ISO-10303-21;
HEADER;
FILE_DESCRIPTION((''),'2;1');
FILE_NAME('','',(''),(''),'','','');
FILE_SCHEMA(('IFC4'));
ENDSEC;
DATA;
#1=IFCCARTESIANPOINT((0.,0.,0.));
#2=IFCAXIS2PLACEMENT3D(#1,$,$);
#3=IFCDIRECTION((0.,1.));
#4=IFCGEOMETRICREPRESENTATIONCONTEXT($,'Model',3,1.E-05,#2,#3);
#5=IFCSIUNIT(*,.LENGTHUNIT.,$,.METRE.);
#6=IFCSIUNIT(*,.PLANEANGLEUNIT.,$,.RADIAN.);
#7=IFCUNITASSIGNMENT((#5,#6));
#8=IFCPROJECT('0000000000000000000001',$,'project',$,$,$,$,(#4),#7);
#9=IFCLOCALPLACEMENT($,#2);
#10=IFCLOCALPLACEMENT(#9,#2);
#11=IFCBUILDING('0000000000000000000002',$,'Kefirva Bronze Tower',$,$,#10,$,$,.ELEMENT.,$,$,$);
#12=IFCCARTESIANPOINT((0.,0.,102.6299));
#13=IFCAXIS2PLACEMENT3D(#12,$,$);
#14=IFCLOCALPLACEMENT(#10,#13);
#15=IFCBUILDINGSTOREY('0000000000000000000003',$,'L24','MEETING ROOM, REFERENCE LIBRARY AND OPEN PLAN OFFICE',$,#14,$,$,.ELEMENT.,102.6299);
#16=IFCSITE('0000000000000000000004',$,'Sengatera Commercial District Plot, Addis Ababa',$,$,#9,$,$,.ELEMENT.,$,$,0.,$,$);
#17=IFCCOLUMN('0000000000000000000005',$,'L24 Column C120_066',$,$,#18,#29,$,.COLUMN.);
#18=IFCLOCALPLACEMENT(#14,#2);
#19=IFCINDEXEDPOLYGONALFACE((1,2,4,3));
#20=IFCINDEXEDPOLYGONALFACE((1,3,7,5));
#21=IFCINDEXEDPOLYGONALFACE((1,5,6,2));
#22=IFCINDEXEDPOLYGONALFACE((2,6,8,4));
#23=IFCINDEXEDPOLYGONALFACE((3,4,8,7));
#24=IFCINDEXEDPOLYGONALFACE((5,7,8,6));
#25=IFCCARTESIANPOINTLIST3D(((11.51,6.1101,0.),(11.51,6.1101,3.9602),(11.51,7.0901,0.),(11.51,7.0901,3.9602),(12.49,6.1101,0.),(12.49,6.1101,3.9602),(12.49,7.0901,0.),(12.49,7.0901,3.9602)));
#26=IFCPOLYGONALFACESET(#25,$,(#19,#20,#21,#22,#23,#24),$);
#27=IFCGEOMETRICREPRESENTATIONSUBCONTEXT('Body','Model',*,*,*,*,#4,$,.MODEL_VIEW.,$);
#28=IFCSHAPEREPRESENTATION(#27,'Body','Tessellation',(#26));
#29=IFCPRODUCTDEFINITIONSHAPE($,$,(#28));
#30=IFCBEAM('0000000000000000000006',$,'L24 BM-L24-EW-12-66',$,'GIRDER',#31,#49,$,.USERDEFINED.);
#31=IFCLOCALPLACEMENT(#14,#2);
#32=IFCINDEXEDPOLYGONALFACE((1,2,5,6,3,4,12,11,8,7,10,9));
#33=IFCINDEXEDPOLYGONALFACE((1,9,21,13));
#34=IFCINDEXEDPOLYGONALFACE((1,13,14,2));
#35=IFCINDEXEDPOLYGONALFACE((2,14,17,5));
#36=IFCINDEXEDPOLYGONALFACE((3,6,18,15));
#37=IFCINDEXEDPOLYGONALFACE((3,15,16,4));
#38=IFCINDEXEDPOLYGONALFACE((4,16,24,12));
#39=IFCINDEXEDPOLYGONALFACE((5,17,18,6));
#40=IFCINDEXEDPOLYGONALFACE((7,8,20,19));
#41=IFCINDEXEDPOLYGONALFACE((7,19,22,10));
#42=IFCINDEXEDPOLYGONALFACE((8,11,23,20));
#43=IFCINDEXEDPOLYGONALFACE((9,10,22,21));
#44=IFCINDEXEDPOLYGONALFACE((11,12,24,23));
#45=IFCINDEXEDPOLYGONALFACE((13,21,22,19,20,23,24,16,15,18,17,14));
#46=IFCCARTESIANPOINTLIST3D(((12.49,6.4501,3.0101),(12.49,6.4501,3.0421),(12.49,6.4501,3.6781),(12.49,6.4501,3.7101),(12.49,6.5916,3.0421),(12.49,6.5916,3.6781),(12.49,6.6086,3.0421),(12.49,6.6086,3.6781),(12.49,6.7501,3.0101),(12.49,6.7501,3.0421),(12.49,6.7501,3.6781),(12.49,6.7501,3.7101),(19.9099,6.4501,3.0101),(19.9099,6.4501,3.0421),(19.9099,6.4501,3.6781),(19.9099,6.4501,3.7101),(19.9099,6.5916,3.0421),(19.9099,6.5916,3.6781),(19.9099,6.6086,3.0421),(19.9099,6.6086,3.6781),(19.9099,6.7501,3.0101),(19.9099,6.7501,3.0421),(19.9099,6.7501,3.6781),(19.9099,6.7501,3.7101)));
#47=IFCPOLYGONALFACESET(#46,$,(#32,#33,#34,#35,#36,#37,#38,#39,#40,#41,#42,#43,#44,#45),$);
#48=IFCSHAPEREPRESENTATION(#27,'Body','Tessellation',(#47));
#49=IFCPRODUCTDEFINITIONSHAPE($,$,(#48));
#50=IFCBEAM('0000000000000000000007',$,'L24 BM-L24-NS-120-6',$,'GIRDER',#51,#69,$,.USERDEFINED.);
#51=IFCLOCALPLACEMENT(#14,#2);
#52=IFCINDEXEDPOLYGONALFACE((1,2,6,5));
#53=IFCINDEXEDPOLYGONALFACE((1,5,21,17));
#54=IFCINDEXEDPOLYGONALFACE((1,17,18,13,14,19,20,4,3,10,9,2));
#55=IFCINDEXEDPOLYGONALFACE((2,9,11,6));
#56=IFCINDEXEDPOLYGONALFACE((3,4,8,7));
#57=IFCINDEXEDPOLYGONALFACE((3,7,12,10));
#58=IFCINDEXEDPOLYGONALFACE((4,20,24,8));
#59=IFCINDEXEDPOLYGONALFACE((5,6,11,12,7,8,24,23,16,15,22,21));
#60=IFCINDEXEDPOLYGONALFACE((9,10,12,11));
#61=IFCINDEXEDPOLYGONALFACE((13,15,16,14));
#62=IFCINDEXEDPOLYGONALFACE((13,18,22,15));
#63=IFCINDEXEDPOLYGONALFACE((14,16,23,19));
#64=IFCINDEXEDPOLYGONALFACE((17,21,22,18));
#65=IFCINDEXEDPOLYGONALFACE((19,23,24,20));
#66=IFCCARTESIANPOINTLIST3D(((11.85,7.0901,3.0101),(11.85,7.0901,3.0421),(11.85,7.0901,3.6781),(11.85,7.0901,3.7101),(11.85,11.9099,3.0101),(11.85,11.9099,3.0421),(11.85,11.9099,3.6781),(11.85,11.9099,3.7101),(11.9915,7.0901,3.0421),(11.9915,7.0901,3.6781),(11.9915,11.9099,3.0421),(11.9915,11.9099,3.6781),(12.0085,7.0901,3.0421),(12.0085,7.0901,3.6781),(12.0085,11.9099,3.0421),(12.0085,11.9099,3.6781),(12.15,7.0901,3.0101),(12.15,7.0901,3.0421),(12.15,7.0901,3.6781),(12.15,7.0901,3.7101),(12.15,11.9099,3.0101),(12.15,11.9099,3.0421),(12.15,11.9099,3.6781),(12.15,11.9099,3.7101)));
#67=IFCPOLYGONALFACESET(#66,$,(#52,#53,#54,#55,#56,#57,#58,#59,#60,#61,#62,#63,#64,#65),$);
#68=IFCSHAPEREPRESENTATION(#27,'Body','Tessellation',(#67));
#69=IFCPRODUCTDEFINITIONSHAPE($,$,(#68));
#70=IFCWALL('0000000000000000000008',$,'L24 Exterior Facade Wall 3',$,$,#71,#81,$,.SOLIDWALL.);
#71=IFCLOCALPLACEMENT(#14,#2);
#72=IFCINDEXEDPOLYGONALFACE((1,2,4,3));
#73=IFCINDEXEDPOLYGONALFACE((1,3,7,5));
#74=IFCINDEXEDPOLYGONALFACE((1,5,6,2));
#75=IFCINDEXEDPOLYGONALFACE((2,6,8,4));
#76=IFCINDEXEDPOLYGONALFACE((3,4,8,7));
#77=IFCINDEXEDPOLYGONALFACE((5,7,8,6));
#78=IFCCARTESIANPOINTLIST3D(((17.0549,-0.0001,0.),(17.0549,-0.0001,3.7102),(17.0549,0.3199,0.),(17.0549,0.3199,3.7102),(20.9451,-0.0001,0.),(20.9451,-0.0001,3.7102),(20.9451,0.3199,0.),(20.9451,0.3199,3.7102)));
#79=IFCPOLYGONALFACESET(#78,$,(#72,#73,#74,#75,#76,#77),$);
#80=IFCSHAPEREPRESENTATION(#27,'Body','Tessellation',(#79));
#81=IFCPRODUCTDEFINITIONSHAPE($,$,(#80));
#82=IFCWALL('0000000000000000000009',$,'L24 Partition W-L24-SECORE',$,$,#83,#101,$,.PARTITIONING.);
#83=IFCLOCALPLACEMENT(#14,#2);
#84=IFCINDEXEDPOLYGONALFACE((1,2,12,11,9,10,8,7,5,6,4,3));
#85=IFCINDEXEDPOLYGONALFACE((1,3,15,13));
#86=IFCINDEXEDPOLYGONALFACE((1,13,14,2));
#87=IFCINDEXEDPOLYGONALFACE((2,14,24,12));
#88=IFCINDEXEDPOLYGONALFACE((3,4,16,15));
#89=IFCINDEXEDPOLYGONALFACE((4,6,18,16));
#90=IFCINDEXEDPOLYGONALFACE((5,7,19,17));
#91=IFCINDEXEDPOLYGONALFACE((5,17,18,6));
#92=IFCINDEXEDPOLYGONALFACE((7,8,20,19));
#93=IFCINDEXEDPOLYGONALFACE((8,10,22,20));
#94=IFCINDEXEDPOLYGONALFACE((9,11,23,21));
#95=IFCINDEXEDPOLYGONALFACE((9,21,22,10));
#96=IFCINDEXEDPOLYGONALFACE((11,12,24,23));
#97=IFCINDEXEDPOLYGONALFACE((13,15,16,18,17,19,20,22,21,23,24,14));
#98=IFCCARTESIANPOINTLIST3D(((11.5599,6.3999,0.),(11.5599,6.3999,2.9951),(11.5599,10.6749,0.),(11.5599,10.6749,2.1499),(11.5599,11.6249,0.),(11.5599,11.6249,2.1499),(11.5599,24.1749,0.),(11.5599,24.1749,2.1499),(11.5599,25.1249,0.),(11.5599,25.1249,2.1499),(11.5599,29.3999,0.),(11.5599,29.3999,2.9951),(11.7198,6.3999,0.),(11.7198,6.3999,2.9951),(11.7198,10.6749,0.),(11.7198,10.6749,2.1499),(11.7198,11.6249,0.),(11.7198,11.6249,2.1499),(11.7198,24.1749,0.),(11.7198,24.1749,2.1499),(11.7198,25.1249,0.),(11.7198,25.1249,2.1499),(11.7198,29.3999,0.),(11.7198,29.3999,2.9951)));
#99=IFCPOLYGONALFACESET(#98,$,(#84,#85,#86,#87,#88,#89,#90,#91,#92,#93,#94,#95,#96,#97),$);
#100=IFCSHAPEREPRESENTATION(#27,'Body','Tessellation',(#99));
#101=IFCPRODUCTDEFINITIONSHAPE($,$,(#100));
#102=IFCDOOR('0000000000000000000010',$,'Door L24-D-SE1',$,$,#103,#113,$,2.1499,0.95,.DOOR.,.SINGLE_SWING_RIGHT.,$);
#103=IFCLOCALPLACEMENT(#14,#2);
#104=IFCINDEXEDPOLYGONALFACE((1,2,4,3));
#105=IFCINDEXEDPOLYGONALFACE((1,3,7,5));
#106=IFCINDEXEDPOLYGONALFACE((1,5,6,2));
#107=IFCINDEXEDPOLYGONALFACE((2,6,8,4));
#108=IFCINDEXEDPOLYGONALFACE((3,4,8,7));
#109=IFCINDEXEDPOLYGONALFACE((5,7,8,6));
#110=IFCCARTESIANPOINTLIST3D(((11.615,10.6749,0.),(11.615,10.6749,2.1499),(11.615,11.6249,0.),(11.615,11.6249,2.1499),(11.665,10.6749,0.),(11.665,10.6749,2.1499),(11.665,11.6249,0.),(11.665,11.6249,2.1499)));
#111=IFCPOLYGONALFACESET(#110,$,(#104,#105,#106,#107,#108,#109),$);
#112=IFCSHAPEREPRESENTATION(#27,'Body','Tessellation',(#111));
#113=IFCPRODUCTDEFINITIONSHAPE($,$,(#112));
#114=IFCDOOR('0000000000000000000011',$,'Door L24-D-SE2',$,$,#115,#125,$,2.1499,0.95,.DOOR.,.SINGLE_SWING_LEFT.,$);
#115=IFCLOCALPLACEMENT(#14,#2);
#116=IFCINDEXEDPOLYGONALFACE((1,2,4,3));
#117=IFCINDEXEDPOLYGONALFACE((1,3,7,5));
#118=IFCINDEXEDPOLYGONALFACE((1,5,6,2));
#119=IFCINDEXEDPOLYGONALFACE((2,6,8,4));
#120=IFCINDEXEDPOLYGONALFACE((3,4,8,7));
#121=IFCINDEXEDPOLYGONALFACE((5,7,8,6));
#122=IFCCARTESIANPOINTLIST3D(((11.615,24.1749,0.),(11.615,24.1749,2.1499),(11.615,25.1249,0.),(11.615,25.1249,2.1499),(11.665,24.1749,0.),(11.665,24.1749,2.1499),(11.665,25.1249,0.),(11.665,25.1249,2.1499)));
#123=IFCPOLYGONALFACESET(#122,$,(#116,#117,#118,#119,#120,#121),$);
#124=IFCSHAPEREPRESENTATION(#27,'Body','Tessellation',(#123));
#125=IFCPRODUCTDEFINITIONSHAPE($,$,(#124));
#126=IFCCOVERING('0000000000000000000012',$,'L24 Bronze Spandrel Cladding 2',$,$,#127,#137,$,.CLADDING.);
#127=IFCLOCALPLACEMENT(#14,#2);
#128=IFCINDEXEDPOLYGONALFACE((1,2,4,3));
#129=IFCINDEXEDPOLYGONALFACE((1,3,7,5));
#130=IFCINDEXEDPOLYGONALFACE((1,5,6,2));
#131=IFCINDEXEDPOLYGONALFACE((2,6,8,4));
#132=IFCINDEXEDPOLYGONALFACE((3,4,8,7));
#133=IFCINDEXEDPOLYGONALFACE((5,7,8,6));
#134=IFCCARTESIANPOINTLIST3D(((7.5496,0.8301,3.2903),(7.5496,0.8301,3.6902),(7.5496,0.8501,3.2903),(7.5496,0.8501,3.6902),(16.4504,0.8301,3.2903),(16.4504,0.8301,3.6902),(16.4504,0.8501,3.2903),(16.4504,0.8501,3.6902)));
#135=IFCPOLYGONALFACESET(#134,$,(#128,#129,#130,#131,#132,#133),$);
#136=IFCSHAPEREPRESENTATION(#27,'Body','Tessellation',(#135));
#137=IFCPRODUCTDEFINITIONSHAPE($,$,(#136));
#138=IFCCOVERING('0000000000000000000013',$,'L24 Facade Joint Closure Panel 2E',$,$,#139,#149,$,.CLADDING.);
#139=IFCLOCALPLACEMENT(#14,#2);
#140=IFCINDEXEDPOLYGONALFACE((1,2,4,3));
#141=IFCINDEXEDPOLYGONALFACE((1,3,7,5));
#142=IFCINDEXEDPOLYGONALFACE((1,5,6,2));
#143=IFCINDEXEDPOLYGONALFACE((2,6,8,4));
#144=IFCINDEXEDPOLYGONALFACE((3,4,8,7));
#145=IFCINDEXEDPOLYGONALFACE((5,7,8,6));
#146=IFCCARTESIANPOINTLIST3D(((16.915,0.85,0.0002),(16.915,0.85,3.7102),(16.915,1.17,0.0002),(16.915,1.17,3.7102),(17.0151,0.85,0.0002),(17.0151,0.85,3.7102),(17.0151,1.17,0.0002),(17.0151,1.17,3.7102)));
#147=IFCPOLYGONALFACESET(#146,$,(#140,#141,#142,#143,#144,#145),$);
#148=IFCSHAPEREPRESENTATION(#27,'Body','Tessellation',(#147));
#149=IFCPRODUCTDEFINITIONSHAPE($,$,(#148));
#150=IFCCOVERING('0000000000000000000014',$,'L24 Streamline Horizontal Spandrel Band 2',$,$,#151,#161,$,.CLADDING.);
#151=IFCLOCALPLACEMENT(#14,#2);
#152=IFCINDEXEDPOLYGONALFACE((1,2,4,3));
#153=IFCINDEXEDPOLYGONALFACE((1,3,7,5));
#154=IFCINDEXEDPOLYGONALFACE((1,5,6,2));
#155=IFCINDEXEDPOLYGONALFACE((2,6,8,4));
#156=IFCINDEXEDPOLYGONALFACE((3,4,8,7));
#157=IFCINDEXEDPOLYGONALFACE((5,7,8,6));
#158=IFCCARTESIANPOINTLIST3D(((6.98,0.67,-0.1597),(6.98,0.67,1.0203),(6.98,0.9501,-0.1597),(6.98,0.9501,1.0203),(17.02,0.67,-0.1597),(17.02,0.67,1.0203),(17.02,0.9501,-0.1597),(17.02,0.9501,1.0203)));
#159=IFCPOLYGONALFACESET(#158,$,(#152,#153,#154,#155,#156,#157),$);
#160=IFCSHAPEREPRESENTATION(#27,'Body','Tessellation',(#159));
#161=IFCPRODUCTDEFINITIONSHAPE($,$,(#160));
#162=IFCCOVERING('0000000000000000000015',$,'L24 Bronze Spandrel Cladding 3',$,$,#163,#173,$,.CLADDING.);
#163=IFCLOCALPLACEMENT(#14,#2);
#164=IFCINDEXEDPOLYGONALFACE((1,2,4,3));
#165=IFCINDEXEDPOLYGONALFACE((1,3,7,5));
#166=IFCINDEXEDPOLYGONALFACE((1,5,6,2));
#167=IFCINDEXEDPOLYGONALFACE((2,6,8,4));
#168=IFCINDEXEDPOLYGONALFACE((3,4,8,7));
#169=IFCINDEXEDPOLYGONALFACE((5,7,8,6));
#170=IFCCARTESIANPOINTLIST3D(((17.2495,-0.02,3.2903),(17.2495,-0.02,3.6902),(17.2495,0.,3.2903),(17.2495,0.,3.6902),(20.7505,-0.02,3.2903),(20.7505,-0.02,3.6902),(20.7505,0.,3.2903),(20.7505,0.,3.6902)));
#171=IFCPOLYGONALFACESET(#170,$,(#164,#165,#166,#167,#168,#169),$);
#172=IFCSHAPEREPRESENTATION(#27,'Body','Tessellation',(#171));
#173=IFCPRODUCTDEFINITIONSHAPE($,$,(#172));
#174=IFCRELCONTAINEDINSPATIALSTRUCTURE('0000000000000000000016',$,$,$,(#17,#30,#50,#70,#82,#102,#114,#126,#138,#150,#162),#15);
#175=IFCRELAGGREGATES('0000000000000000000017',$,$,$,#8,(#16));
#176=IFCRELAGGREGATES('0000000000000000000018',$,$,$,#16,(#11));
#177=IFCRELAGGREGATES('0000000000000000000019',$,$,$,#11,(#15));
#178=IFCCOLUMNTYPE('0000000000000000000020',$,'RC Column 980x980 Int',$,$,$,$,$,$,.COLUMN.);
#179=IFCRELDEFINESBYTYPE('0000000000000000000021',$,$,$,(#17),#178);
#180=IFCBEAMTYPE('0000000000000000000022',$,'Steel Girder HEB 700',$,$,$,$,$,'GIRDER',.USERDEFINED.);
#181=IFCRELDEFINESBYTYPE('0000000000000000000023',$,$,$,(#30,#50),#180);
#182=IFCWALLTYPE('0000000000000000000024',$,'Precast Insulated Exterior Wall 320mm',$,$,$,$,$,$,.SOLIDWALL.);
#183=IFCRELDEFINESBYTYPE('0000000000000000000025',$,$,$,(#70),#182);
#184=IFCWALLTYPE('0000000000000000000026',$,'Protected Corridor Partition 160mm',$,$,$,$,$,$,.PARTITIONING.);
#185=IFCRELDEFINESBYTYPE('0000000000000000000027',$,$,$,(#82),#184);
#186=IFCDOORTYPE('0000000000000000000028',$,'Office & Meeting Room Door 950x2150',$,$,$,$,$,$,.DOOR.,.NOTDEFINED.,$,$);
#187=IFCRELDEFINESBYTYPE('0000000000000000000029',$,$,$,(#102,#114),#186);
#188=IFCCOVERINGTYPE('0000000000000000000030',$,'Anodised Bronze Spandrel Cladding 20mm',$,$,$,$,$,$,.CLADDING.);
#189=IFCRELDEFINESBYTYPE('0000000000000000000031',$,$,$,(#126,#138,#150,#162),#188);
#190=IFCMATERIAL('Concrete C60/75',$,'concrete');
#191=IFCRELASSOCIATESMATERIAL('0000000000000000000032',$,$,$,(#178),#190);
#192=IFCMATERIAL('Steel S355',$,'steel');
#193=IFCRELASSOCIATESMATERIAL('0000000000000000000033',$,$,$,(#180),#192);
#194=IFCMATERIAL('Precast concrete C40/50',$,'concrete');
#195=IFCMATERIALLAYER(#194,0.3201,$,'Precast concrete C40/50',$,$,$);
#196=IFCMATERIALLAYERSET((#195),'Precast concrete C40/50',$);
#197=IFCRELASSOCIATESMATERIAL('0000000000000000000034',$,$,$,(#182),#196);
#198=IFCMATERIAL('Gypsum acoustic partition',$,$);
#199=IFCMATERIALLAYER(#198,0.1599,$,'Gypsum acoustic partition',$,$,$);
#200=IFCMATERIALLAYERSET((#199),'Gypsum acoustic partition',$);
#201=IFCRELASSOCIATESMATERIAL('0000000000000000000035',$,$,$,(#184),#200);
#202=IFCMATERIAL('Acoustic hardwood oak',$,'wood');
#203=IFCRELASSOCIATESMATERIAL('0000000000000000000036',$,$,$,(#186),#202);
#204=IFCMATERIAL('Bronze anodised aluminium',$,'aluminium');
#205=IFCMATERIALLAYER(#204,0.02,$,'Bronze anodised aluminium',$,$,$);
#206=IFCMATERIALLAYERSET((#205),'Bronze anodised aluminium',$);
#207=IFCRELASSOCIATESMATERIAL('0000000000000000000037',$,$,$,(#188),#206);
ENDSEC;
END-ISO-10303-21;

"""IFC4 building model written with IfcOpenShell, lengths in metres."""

from ifc_helpers import new_model, si_unit, direction, frame, frame_2d, origin, origin_2d, place, context, subcontext, project, spatial, rectangle, i_section, extrude, material, layer, layer_set, material_profile, profile_set, type_object, element, fill, save


model = new_model("IFC4")

# Units and contexts
model_context = context("Model", 3, precision=1e-05, world=origin(), true_north=direction((0.0, 1.0)))
body_context = subcontext(model_context, "Body", "Model", "MODEL_VIEW")
ifc_project = project(units=[si_unit("LENGTHUNIT", "METRE"), si_unit("PLANEANGLEUNIT", "RADIAN")], contexts=[model_context])

# Site, building, storey
site_placement = place(None, origin())
site = spatial("IfcSite", under=ifc_project, at=site_placement, Name="Sengatera Commercial District Plot, Addis Ababa", CompositionType="ELEMENT", RefElevation=0.0)
building_placement = place(site_placement, origin())
building = spatial("IfcBuilding", under=site, at=building_placement, Name="Kefirva Bronze Tower", CompositionType="ELEMENT")
storey_placement = place(building_placement, frame((0.0, 0.0, 102.6299)))
storey = spatial("IfcBuildingStorey", under=building, at=storey_placement, Name="L24", Description="MEETING ROOM, REFERENCE LIBRARY AND OPEN PLAN OFFICE", CompositionType="ELEMENT", Elevation=102.6299)

# Column
ifc_material_1 = material(Name="Concrete C60/75", Category="concrete")
ifc_material_profile_1 = material_profile(ifc_material_1, rectangle(XDim=0.98, YDim=0.98, at=origin_2d()), Name="RC 980x980")
ifc_profile_set_1 = profile_set([ifc_material_profile_1], Name="Concrete C60/75")
column_type = type_object("IfcColumnType", Name="RC Column 980x980 Int", PredefinedType="COLUMN", material=ifc_profile_set_1)
column_placement = place(storey_placement, frame((12.0, 6.6001, 0.0), z_axis=(0.0, 0.0, 1.0), x_axis=(1.0, 0.0, 0.0)))
element("IfcColumn", 1, at=column_placement, inside=storey, type_object=column_type, Name="L24 Column C120_066", PredefinedType="COLUMN", context=body_context, shape_type="SweptSolid", body=[
    extrude(rectangle(XDim=0.98, YDim=0.98, at=origin_2d()), origin(), (0.0, 0.0, 1.0), 3.9602),
])

# Beams
ifc_material_2 = material(Name="Steel S355", Category="steel")
ifc_material_profile_2 = material_profile(ifc_material_2, i_section(OverallWidth=0.3, OverallDepth=0.7, WebThickness=0.0171, FlangeThickness=0.032, at=origin_2d()), Name="HEB 700")
ifc_profile_set_2 = profile_set([ifc_material_profile_2], Name="Steel S355")
beam_type = type_object("IfcBeamType", Name="Steel Girder HEB 700", ElementType="GIRDER", PredefinedType="USERDEFINED", material=ifc_profile_set_2)
beam_1_placement = place(storey_placement, frame((12.49, 6.6001, 3.3601), z_axis=(1.0, 0.0, 0.0), x_axis=(0.0, 1.0, 0.0)))
element("IfcBeam", 2, at=beam_1_placement, inside=storey, type_object=beam_type, Name="L24 BM-L24-EW-12-66", ObjectType="GIRDER", PredefinedType="USERDEFINED", context=body_context, shape_type="SweptSolid", body=[
    extrude(i_section(OverallWidth=0.3, OverallDepth=0.7, WebThickness=0.0171, FlangeThickness=0.032, at=origin_2d()), origin(), (0.0, 0.0, 1.0), 7.4199),
])
beam_2_placement = place(storey_placement, frame((12.0, 7.0901, 3.3601), z_axis=(0.0, 1.0, 0.0), x_axis=(-1.0, 0.0, 0.0)))
element("IfcBeam", 3, at=beam_2_placement, inside=storey, type_object=beam_type, Name="L24 BM-L24-NS-120-6", ObjectType="GIRDER", PredefinedType="USERDEFINED", context=body_context, shape_type="SweptSolid", body=[
    extrude(i_section(OverallWidth=0.3, OverallDepth=0.7, WebThickness=0.0171, FlangeThickness=0.032, at=origin_2d()), origin(), (0.0, 0.0, 1.0), 4.8198),
])

# Wall
ifc_material_3 = material(Name="Precast concrete C40/50", Category="concrete")
ifc_layer_1 = layer(ifc_material_3, 0.3201, Name="Precast concrete C40/50")
ifc_layer_set_1 = layer_set([ifc_layer_1], Name="Precast concrete C40/50")
wall_type_1 = type_object("IfcWallType", Name="Precast Insulated Exterior Wall 320mm", PredefinedType="SOLIDWALL", material=ifc_layer_set_1)
wall_1_placement = place(storey_placement, frame((17.0549, 0.1599, 0.0), z_axis=(0.0, 0.0, 1.0), x_axis=(1.0, 0.0, 0.0)))
element("IfcWall", 4, at=wall_1_placement, inside=storey, type_object=wall_type_1, Name="L24 Exterior Facade Wall 3", PredefinedType="SOLIDWALL", context=body_context, shape_type="SweptSolid", body=[
    extrude(rectangle(XDim=3.8901, YDim=0.3201, at=frame_2d((1.9451, 0.0))), origin(), (0.0, 0.0, 1.0), 3.7102),
])

# Wall, openings, doors
ifc_material_4 = material(Name="Gypsum acoustic partition")
ifc_layer_2 = layer(ifc_material_4, 0.1599, Name="Gypsum acoustic partition")
ifc_layer_set_2 = layer_set([ifc_layer_2], Name="Gypsum acoustic partition")
wall_type_2 = type_object("IfcWallType", Name="Protected Corridor Partition 160mm", PredefinedType="PARTITIONING", material=ifc_layer_set_2)
wall_2_placement = place(storey_placement, frame((11.6399, 6.3999, 0.0), z_axis=(0.0, 0.0, 1.0), x_axis=(0.0, 1.0, 0.0)))
wall_2 = element("IfcWall", 5, at=wall_2_placement, inside=storey, type_object=wall_type_2, Name="L24 Partition W-L24-SECORE", PredefinedType="PARTITIONING", context=body_context, shape_type="SweptSolid", body=[
    extrude(rectangle(XDim=23.0, YDim=0.1599, at=frame_2d((11.5, 0.0))), origin(), (0.0, 0.0, 1.0), 2.9951),
])
opening_1_placement = place(wall_2_placement, frame((4.2749, 0.0, 0.0)))
opening_1 = element("IfcOpeningElement", 6, at=opening_1_placement, cuts=wall_2, PredefinedType="OPENING", context=body_context, shape_type="SweptSolid", body=[
    extrude(rectangle(XDim=0.95, YDim=2.1499, at=frame_2d((0.4751, 1.075))), frame((0.0, 0.0898, 0.0), z_axis=(0.0, -1.0, 0.0), x_axis=(1.0, 0.0, 0.0)), (0.0, 0.0, 1.0), 0.1799),
])
opening_2_placement = place(wall_2_placement, frame((17.7749, 0.0, 0.0)))
opening_2 = element("IfcOpeningElement", 7, at=opening_2_placement, cuts=wall_2, PredefinedType="OPENING", context=body_context, shape_type="SweptSolid", body=[
    extrude(rectangle(XDim=0.95, YDim=2.1499, at=frame_2d((0.4751, 1.075))), frame((0.0, 0.0898, 0.0), z_axis=(0.0, -1.0, 0.0), x_axis=(1.0, 0.0, 0.0)), (0.0, 0.0, 1.0), 0.1799),
])
ifc_material_5 = material(Name="Acoustic hardwood oak", Category="wood")
door_type = type_object("IfcDoorType", Name="Office & Meeting Room Door 950x2150", OperationType="NOTDEFINED", PredefinedType="DOOR", material=ifc_material_5)
door_1_placement = place(opening_1_placement, origin())
door_1 = element("IfcDoor", 8, at=door_1_placement, inside=storey, type_object=door_type, Name="Door L24-D-SE1", OperationType="SINGLE_SWING_RIGHT", OverallHeight=2.1499, OverallWidth=0.95, PredefinedType="DOOR", context=body_context, shape_type="SweptSolid", body=[
    extrude(rectangle(XDim=0.95, YDim=2.1499, at=frame_2d((0.4751, 1.075))), frame((0.0, 0.0249, 0.0), z_axis=(0.0, -1.0, 0.0), x_axis=(1.0, 0.0, 0.0)), (0.0, 0.0, 1.0), 0.05),
])
fill(opening_1, door_1)
door_2_placement = place(opening_2_placement, origin())
door_2 = element("IfcDoor", 9, at=door_2_placement, inside=storey, type_object=door_type, Name="Door L24-D-SE2", OperationType="SINGLE_SWING_LEFT", OverallHeight=2.1499, OverallWidth=0.95, PredefinedType="DOOR", context=body_context, shape_type="SweptSolid", body=[
    extrude(rectangle(XDim=0.95, YDim=2.1499, at=frame_2d((0.4751, 1.075))), frame((0.0, 0.0249, 0.0), z_axis=(0.0, -1.0, 0.0), x_axis=(1.0, 0.0, 0.0)), (0.0, 0.0, 1.0), 0.05),
])
fill(opening_2, door_2)

# Coverings
ifc_material_6 = material(Name="Bronze anodised aluminium", Category="aluminium")
ifc_layer_3 = layer(ifc_material_6, 0.02, Name="Bronze anodised aluminium")
ifc_layer_set_3 = layer_set([ifc_layer_3], Name="Bronze anodised aluminium")
covering_type_1 = type_object("IfcCoveringType", Name="Anodised Bronze Spandrel Cladding 20mm", PredefinedType="CLADDING", material=ifc_layer_set_3)
covering_1_placement = place(storey_placement, frame((12.0, 0.8401, 3.2903), z_axis=(0.0, 0.0, 1.0), x_axis=(1.0, 0.0, 0.0)))
element("IfcCovering", 10, at=covering_1_placement, inside=storey, type_object=covering_type_1, Name="L24 Bronze Spandrel Cladding 2", PredefinedType="CLADDING", context=body_context, shape_type="SweptSolid", body=[
    extrude(rectangle(XDim=8.9009, YDim=0.02, at=origin_2d()), origin(), (0.0, 0.0, 1.0), 0.3999),
])
covering_2_placement = place(storey_placement, frame((16.9651, 1.01, 0.0002), z_axis=(0.0, 0.0, 1.0), x_axis=(1.0, 0.0, 0.0)))
element("IfcCovering", 11, at=covering_2_placement, inside=storey, type_object=covering_type_1, Name="L24 Facade Joint Closure Panel 2E", PredefinedType="CLADDING", context=body_context, shape_type="SweptSolid", body=[
    extrude(rectangle(XDim=0.1001, YDim=0.3201, at=origin_2d()), origin(), (0.0, 0.0, 1.0), 3.71),
])
covering_3_placement = place(storey_placement, frame((12.0, 0.8101, -0.1597), z_axis=(0.0, 0.0, 1.0), x_axis=(1.0, 0.0, 0.0)))
element("IfcCovering", 12, at=covering_3_placement, inside=storey, type_object=covering_type_1, Name="L24 Streamline Horizontal Spandrel Band 2", PredefinedType="CLADDING", context=body_context, shape_type="SweptSolid", body=[
    extrude(rectangle(XDim=10.04, YDim=0.28, at=origin_2d()), origin(), (0.0, 0.0, 1.0), 1.1799),
])
covering_4_placement = place(storey_placement, frame((19.0, -0.01, 3.2903), z_axis=(0.0, 0.0, 1.0), x_axis=(1.0, 0.0, 0.0)))
element("IfcCovering", 13, at=covering_4_placement, inside=storey, type_object=covering_type_1, Name="L24 Bronze Spandrel Cladding 3", PredefinedType="CLADDING", context=body_context, shape_type="SweptSolid", body=[
    extrude(rectangle(XDim=3.501, YDim=0.02, at=origin_2d()), origin(), (0.0, 0.0, 1.0), 0.3999),
])

save(model, "model.ifc")
